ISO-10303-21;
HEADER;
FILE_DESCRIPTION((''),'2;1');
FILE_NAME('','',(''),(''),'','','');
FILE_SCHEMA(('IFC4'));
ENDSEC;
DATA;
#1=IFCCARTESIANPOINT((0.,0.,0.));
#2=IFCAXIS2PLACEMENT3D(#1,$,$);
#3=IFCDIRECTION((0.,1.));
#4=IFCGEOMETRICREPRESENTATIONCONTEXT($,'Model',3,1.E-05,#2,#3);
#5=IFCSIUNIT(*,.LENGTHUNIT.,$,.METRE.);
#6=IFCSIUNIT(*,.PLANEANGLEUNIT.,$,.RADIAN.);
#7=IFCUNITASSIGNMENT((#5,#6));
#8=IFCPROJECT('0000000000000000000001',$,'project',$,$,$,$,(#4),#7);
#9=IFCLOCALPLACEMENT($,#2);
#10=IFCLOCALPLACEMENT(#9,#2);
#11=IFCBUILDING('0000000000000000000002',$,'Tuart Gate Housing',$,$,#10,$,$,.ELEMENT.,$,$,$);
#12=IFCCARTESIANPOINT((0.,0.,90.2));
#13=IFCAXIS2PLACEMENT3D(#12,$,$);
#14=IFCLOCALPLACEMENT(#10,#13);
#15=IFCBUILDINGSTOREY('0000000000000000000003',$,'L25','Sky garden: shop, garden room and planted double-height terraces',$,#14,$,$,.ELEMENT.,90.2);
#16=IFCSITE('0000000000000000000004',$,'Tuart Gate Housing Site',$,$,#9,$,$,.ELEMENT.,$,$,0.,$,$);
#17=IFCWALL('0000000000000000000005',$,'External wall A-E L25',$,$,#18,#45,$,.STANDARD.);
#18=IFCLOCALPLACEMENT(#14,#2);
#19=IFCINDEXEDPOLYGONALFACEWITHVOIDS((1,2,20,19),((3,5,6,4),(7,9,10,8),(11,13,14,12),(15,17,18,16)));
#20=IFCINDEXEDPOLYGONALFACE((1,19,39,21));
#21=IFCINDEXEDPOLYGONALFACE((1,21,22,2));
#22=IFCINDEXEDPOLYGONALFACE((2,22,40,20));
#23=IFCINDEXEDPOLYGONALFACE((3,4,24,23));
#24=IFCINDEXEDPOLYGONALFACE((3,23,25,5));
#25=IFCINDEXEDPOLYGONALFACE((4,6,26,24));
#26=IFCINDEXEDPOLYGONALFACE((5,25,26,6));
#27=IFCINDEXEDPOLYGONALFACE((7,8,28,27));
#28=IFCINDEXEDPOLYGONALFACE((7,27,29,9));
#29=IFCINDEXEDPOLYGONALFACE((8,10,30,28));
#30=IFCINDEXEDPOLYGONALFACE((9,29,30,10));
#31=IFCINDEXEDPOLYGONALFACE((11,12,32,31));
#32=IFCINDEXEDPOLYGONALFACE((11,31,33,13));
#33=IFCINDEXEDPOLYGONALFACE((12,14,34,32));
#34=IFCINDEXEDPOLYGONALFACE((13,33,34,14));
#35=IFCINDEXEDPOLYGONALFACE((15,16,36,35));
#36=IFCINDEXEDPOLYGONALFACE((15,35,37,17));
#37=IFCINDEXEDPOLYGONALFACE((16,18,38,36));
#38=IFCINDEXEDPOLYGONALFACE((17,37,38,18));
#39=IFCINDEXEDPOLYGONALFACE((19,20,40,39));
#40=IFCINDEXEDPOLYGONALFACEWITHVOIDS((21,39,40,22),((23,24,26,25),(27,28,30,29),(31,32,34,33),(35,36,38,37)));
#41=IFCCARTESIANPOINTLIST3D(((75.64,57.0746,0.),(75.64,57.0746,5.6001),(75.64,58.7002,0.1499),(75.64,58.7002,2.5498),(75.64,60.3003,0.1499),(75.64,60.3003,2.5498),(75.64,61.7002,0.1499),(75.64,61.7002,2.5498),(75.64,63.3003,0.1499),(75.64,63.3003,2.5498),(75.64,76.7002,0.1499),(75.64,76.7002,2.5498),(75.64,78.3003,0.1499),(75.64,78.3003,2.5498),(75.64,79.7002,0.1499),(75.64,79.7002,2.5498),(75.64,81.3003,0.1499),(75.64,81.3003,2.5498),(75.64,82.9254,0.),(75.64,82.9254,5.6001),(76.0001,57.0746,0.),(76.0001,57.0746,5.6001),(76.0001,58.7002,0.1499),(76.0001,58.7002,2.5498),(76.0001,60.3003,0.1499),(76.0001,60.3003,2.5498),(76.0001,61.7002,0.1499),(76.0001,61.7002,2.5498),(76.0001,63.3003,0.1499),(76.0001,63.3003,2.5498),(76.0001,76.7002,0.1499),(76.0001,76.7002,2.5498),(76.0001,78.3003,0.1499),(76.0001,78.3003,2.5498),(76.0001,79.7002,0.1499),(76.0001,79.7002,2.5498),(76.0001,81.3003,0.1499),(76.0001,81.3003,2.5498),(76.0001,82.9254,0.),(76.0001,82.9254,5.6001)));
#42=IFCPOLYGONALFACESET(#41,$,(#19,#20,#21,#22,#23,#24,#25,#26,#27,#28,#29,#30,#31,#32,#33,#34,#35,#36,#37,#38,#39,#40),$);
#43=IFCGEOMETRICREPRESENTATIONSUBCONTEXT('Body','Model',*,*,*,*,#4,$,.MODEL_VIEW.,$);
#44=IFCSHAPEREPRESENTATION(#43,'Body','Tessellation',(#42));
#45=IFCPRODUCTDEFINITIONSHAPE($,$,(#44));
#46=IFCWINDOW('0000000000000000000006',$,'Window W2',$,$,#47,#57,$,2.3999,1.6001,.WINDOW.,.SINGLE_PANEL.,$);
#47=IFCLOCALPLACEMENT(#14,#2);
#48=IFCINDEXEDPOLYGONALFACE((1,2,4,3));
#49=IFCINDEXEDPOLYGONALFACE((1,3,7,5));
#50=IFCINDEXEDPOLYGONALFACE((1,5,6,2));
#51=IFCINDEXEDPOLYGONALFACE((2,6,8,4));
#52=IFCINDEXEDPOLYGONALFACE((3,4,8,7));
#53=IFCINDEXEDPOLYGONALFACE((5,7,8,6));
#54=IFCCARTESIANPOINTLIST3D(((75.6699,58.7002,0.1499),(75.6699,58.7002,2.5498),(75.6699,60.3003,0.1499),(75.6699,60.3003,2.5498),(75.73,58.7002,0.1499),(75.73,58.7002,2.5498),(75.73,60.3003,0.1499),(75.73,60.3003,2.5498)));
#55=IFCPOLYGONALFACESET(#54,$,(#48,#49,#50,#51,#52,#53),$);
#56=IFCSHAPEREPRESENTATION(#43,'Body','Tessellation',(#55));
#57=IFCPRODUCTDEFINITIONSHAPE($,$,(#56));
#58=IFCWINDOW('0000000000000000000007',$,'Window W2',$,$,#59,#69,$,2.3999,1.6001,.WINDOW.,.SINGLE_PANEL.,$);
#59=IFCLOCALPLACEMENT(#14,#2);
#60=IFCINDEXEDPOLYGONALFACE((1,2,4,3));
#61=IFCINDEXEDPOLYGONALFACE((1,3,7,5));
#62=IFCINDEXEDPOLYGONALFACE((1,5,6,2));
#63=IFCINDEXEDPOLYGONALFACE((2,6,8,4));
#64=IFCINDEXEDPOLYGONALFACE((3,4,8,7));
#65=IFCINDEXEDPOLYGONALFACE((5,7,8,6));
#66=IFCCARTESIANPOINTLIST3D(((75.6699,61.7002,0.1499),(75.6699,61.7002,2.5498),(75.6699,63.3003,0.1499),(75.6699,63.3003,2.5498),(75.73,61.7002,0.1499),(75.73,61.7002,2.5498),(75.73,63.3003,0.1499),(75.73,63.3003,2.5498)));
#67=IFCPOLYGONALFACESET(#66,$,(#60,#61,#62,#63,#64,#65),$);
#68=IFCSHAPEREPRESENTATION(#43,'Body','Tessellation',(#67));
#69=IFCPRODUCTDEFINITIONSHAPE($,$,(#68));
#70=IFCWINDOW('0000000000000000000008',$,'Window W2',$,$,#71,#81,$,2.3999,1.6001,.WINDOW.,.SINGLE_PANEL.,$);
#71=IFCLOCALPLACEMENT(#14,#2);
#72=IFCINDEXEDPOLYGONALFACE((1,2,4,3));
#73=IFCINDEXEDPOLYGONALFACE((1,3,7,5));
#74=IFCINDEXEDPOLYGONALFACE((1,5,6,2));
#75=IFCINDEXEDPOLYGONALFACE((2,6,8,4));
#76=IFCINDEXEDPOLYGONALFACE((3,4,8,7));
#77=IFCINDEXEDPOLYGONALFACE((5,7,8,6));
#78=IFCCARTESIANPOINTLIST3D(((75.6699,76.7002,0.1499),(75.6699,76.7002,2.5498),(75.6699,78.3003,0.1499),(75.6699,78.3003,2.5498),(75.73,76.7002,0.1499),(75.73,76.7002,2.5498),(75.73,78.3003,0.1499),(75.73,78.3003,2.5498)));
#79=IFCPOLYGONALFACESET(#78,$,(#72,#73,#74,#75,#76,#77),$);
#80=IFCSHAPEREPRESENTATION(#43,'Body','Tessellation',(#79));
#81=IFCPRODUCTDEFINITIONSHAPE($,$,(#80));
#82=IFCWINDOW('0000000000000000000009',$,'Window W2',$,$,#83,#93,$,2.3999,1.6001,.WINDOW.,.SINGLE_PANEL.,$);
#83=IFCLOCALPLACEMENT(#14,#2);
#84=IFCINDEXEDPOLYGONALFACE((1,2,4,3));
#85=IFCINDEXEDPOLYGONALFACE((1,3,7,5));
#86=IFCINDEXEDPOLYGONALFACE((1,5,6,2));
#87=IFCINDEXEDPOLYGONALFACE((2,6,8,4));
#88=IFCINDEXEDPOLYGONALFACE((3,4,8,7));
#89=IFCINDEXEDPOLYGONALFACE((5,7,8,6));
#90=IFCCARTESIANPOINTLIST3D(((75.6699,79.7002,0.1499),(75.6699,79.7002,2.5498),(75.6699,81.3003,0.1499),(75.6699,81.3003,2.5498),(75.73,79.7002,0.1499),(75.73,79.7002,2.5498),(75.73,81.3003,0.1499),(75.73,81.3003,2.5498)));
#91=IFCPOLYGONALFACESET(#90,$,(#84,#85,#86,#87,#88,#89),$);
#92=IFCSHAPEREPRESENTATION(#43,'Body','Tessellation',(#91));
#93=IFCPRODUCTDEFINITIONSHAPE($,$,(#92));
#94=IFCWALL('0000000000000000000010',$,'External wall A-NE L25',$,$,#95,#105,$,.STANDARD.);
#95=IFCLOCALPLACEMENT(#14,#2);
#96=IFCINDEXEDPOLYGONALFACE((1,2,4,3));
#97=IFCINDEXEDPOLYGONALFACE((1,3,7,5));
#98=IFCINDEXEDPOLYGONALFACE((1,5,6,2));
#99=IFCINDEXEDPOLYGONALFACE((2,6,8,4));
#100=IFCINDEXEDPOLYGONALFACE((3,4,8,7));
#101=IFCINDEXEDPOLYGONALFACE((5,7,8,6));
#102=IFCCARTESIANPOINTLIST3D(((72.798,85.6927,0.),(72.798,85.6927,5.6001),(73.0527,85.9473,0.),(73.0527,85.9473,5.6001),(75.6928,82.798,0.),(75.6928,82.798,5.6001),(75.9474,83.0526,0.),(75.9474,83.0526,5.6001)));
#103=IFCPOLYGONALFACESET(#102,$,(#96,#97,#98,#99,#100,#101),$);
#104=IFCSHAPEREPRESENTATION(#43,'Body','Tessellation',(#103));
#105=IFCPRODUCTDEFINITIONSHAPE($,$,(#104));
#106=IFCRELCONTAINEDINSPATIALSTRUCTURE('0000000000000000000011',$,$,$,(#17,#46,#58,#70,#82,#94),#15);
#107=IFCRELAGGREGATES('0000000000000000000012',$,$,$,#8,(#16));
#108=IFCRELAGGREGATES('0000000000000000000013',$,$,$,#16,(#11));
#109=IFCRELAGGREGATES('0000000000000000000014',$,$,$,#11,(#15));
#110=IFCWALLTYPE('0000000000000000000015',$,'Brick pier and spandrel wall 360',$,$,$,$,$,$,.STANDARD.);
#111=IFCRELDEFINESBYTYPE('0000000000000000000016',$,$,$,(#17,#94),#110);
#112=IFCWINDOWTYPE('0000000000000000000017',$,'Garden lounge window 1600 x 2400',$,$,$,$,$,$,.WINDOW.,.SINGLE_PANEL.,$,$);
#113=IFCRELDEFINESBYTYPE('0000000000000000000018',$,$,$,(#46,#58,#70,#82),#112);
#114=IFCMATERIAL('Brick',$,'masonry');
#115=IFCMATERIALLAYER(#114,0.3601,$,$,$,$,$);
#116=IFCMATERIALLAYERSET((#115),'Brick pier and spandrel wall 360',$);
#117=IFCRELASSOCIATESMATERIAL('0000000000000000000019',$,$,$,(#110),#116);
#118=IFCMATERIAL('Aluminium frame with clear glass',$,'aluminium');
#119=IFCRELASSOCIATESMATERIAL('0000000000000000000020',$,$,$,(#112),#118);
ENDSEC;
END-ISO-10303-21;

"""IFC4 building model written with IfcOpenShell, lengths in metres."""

from ifc_helpers import new_model, si_unit, direction, frame, frame_2d, origin, place, context, subcontext, project, spatial, rectangle, extrude, material, layer, layer_set, type_object, element, fill, save


model = new_model("IFC4")

# Units and contexts
model_context = context("Model", 3, precision=1e-05, world=origin(), true_north=direction((0.0, 1.0)))
body_context = subcontext(model_context, "Body", "Model", "MODEL_VIEW")
ifc_project = project(units=[si_unit("LENGTHUNIT", "METRE"), si_unit("PLANEANGLEUNIT", "RADIAN")], contexts=[model_context])

# Site, building, storey
site_placement = place(None, origin())
site = spatial("IfcSite", under=ifc_project, at=site_placement, Name="Tuart Gate Housing Site", CompositionType="ELEMENT", RefElevation=0.0)
building_placement = place(site_placement, origin())
building = spatial("IfcBuilding", under=site, at=building_placement, Name="Tuart Gate Housing", CompositionType="ELEMENT")
storey_placement = place(building_placement, frame((0.0, 0.0, 90.2)))
storey = spatial("IfcBuildingStorey", under=building, at=storey_placement, Name="L25", Description="Sky garden: shop, garden room and planted double-height terraces", CompositionType="ELEMENT", Elevation=90.2)

# Wall, openings, windows
ifc_material_1 = material(Name="Brick", Category="masonry")
ifc_layer = layer(ifc_material_1, 0.3601)
ifc_layer_set = layer_set([ifc_layer], Name="Brick pier and spandrel wall 360")
wall_type = type_object("IfcWallType", Name="Brick pier and spandrel wall 360", PredefinedType="STANDARD", material=ifc_layer_set)
wall_1_placement = place(storey_placement, frame((75.8201, 57.0747, 0.0), z_axis=(0.0, 0.0, 1.0), x_axis=(0.0, 1.0, 0.0)))
wall_1 = element("IfcWall", 1, at=wall_1_placement, inside=storey, type_object=wall_type, Name="External wall A-E L25", PredefinedType="STANDARD", context=body_context, shape_type="SweptSolid", body=[
    extrude(rectangle(XDim=25.8508, YDim=0.3601, at=frame_2d((12.9253, 0.0))), origin(), (0.0, 0.0, 1.0), 5.6001),
])
opening_1_placement = place(wall_1_placement, frame((1.6255, 0.0, 0.1499)))
opening_1 = element("IfcOpeningElement", 2, at=opening_1_placement, cuts=wall_1, PredefinedType="OPENING", context=body_context, shape_type="SweptSolid", body=[
    extrude(rectangle(XDim=1.6001, YDim=2.3999, at=frame_2d((0.8, 1.2))), frame((0.0, 0.1899, 0.0), z_axis=(0.0, -1.0, 0.0), x_axis=(1.0, 0.0, 0.0)), (0.0, 0.0, 1.0), 0.3801),
])
opening_2_placement = place(wall_1_placement, frame((4.6255, 0.0, 0.1499)))
opening_2 = element("IfcOpeningElement", 3, at=opening_2_placement, cuts=wall_1, PredefinedType="OPENING", context=body_context, shape_type="SweptSolid", body=[
    extrude(rectangle(XDim=1.6001, YDim=2.3999, at=frame_2d((0.8, 1.2))), frame((0.0, 0.1899, 0.0), z_axis=(0.0, -1.0, 0.0), x_axis=(1.0, 0.0, 0.0)), (0.0, 0.0, 1.0), 0.3801),
])
opening_3_placement = place(wall_1_placement, frame((19.6255, 0.0, 0.1499)))
opening_3 = element("IfcOpeningElement", 4, at=opening_3_placement, cuts=wall_1, PredefinedType="OPENING", context=body_context, shape_type="SweptSolid", body=[
    extrude(rectangle(XDim=1.6001, YDim=2.3999, at=frame_2d((0.8, 1.2))), frame((0.0, 0.1899, 0.0), z_axis=(0.0, -1.0, 0.0), x_axis=(1.0, 0.0, 0.0)), (0.0, 0.0, 1.0), 0.3801),
])
opening_4_placement = place(wall_1_placement, frame((22.6255, 0.0, 0.1499)))
opening_4 = element("IfcOpeningElement", 5, at=opening_4_placement, cuts=wall_1, PredefinedType="OPENING", context=body_context, shape_type="SweptSolid", body=[
    extrude(rectangle(XDim=1.6001, YDim=2.3999, at=frame_2d((0.8, 1.2))), frame((0.0, 0.1899, 0.0), z_axis=(0.0, -1.0, 0.0), x_axis=(1.0, 0.0, 0.0)), (0.0, 0.0, 1.0), 0.3801),
])
ifc_material_2 = material(Name="Aluminium frame with clear glass", Category="aluminium")
window_type = type_object("IfcWindowType", Name="Garden lounge window 1600 x 2400", PartitioningType="SINGLE_PANEL", PredefinedType="WINDOW", material=ifc_material_2)
window_1_placement = place(opening_1_placement, origin())
window_1 = element("IfcWindow", 6, at=window_1_placement, inside=storey, type_object=window_type, Name="Window W2", OverallHeight=2.3999, OverallWidth=1.6001, PartitioningType="SINGLE_PANEL", PredefinedType="WINDOW", context=body_context, shape_type="SweptSolid", body=[
    extrude(rectangle(XDim=1.6001, YDim=2.3999, at=frame_2d((0.8, 1.2))), frame((0.0, 0.1501, 0.0), z_axis=(0.0, -1.0, 0.0), x_axis=(1.0, 0.0, 0.0)), (0.0, 0.0, 1.0), 0.0601),
])
fill(opening_1, window_1)
window_2_placement = place(opening_2_placement, origin())
window_2 = element("IfcWindow", 7, at=window_2_placement, inside=storey, type_object=window_type, Name="Window W2", OverallHeight=2.3999, OverallWidth=1.6001, PartitioningType="SINGLE_PANEL", PredefinedType="WINDOW", context=body_context, shape_type="SweptSolid", body=[
    extrude(rectangle(XDim=1.6001, YDim=2.3999, at=frame_2d((0.8, 1.2))), frame((0.0, 0.1501, 0.0), z_axis=(0.0, -1.0, 0.0), x_axis=(1.0, 0.0, 0.0)), (0.0, 0.0, 1.0), 0.0601),
])
fill(opening_2, window_2)
window_3_placement = place(opening_3_placement, origin())
window_3 = element("IfcWindow", 8, at=window_3_placement, inside=storey, type_object=window_type, Name="Window W2", OverallHeight=2.3999, OverallWidth=1.6001, PartitioningType="SINGLE_PANEL", PredefinedType="WINDOW", context=body_context, shape_type="SweptSolid", body=[
    extrude(rectangle(XDim=1.6001, YDim=2.3999, at=frame_2d((0.8, 1.2))), frame((0.0, 0.1501, 0.0), z_axis=(0.0, -1.0, 0.0), x_axis=(1.0, 0.0, 0.0)), (0.0, 0.0, 1.0), 0.0601),
])
fill(opening_3, window_3)
window_4_placement = place(opening_4_placement, origin())
window_4 = element("IfcWindow", 9, at=window_4_placement, inside=storey, type_object=window_type, Name="Window W2", OverallHeight=2.3999, OverallWidth=1.6001, PartitioningType="SINGLE_PANEL", PredefinedType="WINDOW", context=body_context, shape_type="SweptSolid", body=[
    extrude(rectangle(XDim=1.6001, YDim=2.3999, at=frame_2d((0.8, 1.2))), frame((0.0, 0.1501, 0.0), z_axis=(0.0, -1.0, 0.0), x_axis=(1.0, 0.0, 0.0)), (0.0, 0.0, 1.0), 0.0601),
])
fill(opening_4, window_4)

# Wall
wall_2_placement = place(storey_placement, frame((75.8201, 82.9253, 0.0), z_axis=(0.0, 0.0, 1.0), x_axis=(-0.707107, 0.707107, 0.0)))
element("IfcWall", 10, at=wall_2_placement, inside=storey, type_object=wall_type, Name="External wall A-NE L25", PredefinedType="STANDARD", context=body_context, shape_type="SweptSolid", body=[
    extrude(rectangle(XDim=4.0938, YDim=0.3601, at=frame_2d((2.0469, 0.0))), origin(), (0.0, 0.0, 1.0), 5.6001),
])

save(model, "model.ifc")
